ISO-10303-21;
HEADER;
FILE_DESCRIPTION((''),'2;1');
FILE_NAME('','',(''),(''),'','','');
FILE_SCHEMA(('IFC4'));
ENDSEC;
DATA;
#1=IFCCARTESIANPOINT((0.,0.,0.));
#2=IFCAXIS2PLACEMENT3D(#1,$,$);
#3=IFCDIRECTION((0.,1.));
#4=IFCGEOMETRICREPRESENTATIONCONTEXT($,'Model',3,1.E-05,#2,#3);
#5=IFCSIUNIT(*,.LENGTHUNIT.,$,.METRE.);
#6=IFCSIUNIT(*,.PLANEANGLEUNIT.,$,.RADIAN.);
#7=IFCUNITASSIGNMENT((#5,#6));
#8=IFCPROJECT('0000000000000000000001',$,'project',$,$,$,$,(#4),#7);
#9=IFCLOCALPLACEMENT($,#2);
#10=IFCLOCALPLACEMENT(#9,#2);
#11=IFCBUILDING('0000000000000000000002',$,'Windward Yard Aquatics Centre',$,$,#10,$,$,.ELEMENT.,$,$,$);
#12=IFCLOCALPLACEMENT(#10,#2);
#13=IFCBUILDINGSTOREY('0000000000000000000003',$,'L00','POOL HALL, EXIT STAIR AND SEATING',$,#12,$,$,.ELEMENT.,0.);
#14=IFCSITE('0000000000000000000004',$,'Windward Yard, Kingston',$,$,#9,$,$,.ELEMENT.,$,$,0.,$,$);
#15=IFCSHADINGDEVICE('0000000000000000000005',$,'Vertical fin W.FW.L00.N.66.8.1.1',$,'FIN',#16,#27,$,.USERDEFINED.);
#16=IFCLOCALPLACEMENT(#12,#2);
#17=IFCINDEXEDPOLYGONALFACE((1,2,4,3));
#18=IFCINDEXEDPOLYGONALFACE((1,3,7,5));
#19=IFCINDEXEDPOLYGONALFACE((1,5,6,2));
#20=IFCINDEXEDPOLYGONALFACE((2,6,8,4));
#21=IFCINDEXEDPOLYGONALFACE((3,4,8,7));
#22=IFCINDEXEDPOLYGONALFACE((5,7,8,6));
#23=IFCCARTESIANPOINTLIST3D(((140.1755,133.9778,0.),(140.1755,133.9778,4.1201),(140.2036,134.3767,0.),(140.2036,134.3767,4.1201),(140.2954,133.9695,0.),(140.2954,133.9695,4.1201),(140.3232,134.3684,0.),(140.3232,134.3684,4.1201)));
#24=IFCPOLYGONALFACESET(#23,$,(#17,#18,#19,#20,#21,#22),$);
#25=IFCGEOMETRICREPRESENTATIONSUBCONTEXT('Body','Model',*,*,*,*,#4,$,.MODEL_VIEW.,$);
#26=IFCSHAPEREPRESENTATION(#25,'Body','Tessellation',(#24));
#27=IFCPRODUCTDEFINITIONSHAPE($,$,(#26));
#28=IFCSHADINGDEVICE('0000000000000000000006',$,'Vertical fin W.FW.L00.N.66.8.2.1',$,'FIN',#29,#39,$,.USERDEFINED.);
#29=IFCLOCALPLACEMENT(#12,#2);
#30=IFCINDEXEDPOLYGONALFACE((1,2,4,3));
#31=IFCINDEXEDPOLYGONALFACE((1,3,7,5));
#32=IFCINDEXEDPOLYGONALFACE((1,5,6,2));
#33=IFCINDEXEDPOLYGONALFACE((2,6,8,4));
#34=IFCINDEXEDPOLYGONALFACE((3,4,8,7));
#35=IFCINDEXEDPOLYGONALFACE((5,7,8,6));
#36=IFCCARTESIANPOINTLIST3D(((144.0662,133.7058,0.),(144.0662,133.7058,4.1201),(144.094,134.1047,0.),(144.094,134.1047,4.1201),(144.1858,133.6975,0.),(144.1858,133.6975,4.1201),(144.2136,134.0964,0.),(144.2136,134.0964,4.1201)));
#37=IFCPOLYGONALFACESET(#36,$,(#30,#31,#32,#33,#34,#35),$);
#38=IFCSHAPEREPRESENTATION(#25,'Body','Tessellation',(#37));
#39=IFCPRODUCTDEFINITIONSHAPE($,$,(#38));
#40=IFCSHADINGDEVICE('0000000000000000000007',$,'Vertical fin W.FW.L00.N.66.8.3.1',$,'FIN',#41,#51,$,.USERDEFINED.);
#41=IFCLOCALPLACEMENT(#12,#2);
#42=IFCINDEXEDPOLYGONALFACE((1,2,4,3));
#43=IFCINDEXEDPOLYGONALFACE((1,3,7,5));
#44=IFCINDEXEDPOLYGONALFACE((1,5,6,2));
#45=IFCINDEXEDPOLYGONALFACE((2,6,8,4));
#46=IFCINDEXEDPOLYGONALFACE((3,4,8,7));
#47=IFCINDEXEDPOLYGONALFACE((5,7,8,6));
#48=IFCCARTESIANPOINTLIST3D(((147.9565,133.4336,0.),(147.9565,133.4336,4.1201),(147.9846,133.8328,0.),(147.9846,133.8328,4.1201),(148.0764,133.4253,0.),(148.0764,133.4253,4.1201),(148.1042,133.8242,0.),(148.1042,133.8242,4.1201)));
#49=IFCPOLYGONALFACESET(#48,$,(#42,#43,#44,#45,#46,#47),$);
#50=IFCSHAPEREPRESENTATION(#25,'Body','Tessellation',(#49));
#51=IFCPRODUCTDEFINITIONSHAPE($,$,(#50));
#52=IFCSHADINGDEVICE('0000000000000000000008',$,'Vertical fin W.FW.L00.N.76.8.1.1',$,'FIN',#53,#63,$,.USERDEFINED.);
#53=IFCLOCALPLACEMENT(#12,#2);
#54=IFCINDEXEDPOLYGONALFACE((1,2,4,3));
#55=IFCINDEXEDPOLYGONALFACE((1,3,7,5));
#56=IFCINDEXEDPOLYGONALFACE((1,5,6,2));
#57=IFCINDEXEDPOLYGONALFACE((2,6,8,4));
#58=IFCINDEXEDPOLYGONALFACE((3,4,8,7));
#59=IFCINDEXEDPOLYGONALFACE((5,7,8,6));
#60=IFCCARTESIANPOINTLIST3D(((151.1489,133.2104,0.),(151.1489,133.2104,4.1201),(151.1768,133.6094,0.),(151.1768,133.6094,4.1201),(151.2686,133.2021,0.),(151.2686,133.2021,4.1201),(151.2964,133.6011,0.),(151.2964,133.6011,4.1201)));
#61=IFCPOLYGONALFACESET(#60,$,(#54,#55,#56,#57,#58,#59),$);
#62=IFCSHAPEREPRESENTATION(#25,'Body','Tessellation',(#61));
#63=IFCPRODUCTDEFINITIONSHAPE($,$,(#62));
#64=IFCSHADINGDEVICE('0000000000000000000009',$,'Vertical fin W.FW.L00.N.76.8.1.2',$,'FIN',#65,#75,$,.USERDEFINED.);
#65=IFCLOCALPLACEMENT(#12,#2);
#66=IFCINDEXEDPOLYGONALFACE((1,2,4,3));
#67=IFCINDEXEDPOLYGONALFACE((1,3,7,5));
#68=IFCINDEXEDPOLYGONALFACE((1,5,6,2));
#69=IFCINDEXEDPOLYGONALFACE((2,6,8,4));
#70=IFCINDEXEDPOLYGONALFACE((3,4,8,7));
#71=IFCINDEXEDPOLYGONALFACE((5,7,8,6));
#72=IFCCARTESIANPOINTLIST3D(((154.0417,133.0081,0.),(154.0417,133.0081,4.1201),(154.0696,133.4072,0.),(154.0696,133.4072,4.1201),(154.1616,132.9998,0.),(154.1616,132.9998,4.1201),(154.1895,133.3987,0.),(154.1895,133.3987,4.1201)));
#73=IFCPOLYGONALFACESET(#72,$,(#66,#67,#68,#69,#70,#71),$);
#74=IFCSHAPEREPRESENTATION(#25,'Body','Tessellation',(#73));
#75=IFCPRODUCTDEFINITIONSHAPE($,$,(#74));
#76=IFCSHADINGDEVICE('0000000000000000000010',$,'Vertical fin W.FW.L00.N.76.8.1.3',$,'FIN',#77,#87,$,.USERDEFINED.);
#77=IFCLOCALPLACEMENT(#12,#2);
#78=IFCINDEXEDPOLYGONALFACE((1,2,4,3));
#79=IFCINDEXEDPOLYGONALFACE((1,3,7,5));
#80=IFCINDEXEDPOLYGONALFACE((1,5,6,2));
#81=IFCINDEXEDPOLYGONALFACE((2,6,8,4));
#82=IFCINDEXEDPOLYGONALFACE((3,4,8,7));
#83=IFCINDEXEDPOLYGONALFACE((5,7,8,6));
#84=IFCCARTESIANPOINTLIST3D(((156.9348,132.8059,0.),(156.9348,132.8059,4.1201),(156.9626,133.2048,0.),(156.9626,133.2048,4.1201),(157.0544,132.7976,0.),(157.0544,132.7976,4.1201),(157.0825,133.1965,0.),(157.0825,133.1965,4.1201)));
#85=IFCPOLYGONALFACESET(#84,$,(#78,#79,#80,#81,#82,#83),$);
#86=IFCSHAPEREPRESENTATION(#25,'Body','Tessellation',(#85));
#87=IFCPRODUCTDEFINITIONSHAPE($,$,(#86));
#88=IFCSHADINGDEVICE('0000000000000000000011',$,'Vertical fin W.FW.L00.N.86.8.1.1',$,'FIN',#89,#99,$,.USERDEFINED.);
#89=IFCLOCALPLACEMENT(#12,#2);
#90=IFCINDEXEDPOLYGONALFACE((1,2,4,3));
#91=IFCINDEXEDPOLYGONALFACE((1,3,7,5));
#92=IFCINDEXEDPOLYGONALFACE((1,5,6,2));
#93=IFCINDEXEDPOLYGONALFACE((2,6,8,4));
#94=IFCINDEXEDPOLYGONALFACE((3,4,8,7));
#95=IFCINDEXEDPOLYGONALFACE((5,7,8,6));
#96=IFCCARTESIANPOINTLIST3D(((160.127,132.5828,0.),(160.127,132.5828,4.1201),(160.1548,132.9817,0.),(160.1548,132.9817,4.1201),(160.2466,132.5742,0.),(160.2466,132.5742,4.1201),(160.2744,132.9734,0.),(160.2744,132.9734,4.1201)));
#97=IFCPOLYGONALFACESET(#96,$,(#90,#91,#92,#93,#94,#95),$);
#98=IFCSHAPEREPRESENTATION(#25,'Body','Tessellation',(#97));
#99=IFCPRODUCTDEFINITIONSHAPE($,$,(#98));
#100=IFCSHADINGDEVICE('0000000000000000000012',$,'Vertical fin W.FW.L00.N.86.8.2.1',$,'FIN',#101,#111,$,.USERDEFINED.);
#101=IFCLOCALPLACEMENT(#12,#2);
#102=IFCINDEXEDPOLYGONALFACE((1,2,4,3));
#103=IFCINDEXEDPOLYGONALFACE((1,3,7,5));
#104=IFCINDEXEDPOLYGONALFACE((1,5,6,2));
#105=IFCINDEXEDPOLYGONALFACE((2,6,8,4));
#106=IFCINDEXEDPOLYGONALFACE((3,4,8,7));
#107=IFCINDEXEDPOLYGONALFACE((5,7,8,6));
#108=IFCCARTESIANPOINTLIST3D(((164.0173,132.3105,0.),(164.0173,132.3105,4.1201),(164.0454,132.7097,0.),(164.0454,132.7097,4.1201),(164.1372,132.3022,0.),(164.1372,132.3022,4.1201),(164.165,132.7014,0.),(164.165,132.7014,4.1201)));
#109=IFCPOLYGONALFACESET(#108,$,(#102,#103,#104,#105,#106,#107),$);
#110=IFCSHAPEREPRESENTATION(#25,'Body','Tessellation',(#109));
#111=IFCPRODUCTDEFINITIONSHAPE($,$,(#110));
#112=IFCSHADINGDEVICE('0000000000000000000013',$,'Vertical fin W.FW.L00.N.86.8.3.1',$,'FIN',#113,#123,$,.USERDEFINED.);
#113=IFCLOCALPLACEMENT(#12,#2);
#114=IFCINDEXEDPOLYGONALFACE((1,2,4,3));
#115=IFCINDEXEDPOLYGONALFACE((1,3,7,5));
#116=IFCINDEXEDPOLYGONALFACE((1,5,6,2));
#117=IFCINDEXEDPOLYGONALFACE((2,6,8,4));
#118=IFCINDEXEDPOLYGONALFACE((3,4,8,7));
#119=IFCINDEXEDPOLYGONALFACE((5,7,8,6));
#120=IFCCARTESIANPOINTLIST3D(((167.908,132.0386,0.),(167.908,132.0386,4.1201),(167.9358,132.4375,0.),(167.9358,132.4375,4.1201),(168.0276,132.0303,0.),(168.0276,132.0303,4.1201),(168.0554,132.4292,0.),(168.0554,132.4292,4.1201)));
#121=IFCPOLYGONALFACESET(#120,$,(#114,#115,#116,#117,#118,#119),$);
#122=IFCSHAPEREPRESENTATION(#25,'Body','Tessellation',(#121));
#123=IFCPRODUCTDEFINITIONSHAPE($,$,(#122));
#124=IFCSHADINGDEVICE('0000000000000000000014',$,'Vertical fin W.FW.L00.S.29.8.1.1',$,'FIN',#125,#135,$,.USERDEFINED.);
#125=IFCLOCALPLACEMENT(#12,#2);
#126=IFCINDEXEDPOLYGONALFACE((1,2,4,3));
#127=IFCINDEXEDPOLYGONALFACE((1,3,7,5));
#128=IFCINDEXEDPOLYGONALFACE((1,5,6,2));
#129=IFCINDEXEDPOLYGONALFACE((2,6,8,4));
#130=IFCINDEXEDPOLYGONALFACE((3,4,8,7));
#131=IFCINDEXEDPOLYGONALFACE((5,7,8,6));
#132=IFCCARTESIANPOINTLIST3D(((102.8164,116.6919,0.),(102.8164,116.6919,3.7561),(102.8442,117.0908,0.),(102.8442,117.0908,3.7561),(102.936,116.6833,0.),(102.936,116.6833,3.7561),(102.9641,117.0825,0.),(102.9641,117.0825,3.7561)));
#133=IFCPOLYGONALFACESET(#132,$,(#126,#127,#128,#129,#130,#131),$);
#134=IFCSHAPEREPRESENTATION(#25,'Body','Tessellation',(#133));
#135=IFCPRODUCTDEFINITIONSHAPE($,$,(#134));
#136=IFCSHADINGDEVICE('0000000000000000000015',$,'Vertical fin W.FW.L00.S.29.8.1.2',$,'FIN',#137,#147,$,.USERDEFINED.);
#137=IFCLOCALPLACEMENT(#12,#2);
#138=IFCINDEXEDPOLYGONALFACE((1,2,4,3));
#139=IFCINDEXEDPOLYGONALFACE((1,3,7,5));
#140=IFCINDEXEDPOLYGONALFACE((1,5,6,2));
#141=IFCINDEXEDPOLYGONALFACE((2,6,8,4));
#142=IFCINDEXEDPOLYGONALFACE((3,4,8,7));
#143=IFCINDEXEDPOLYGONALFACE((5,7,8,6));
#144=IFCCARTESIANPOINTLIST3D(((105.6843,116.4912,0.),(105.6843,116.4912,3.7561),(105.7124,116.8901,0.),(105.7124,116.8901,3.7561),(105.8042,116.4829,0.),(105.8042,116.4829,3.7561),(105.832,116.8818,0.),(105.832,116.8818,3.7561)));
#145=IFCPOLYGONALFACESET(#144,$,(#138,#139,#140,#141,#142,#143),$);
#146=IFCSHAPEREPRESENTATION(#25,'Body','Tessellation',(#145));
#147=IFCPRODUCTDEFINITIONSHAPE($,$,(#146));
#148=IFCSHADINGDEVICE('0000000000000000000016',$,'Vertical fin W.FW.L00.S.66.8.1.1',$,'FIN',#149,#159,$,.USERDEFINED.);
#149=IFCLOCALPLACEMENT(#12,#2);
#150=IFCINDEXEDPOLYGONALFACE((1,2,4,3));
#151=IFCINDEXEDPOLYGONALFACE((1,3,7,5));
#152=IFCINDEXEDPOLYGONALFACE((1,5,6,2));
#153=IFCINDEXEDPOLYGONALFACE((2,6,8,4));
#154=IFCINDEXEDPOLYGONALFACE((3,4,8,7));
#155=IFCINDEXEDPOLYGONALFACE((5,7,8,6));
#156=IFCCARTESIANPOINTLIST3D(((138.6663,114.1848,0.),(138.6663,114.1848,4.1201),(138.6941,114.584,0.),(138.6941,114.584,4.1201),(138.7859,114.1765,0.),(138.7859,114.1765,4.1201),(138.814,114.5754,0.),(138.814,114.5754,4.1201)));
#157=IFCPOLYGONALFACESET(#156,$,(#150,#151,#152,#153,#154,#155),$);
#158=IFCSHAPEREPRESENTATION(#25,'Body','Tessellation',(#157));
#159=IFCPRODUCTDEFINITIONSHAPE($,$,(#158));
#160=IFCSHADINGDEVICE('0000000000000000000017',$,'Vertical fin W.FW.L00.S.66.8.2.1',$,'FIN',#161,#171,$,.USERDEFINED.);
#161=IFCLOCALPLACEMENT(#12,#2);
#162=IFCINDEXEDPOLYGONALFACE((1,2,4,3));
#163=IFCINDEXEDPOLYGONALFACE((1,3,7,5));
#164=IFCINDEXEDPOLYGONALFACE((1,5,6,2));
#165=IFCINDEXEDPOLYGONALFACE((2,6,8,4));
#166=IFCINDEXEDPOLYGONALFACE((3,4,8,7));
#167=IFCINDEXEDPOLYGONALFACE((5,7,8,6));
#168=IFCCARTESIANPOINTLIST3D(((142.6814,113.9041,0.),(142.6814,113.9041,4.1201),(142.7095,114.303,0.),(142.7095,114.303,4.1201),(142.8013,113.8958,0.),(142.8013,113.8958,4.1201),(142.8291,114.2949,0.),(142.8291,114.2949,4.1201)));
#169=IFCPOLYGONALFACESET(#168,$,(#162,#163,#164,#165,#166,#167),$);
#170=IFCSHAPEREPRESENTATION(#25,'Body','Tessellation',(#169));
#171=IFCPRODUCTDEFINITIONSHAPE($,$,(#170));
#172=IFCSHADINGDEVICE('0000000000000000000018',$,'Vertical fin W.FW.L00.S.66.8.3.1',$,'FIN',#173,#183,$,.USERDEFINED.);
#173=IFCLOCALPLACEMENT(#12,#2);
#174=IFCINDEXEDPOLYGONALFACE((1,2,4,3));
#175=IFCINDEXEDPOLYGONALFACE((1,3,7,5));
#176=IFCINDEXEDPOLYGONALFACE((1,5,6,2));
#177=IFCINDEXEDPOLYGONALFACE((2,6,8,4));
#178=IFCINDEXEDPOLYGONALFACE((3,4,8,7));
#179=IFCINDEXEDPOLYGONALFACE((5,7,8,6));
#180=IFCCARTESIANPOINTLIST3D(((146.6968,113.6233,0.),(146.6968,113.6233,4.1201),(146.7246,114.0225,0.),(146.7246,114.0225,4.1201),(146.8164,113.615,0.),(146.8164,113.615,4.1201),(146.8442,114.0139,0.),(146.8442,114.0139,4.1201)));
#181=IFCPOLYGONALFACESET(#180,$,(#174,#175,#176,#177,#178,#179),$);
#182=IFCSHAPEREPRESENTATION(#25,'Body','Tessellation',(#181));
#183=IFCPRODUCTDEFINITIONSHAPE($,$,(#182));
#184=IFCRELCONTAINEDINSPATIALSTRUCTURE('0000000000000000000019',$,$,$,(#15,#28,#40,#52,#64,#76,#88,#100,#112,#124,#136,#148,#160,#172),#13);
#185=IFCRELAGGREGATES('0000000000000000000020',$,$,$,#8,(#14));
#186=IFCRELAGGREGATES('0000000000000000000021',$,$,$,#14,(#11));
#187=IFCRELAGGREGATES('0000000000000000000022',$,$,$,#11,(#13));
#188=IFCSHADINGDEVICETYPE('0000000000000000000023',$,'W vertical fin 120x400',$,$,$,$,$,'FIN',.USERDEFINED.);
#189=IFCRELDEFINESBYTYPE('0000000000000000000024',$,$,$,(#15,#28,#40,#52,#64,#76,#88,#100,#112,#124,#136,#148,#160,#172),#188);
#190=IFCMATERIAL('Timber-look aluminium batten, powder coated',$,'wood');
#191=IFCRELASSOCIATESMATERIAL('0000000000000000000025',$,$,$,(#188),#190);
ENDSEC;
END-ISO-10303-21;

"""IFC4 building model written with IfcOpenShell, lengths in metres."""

from ifc_helpers import new_model, si_unit, direction, origin, place, context, subcontext, project, spatial, polyline, outline, extrude, material, type_object, element, save


model = new_model("IFC4")

# Units and contexts
model_context = context("Model", 3, precision=1e-05, world=origin(), true_north=direction((0.0, 1.0)))
body_context = subcontext(model_context, "Body", "Model", "MODEL_VIEW")
ifc_project = project(units=[si_unit("LENGTHUNIT", "METRE"), si_unit("PLANEANGLEUNIT", "RADIAN")], contexts=[model_context])

# Site, building, storey
site_placement = place(None, origin())
site = spatial("IfcSite", under=ifc_project, at=site_placement, Name="Windward Yard, Kingston", CompositionType="ELEMENT", RefElevation=0.0)
building_placement = place(site_placement, origin())
building = spatial("IfcBuilding", under=site, at=building_placement, Name="Windward Yard Aquatics Centre", CompositionType="ELEMENT")
storey_placement = place(building_placement, origin())
storey = spatial("IfcBuildingStorey", under=building, at=storey_placement, Name="L00", Description="POOL HALL, EXIT STAIR AND SEATING", CompositionType="ELEMENT", Elevation=0.0)

# Shading devices
ifc_material_1 = material(Name="Timber-look aluminium batten, powder coated", Category="wood")
shading_device_type = type_object("IfcShadingDeviceType", Name="W vertical fin 120x400", ElementType="FIN", PredefinedType="USERDEFINED", material=ifc_material_1)
shading_device_1_placement = place(storey_placement, origin())
element("IfcShadingDevice", 1, at=shading_device_1_placement, inside=storey, type_object=shading_device_type, Name="Vertical fin W.FW.L00.N.66.8.1.1", ObjectType="FIN", PredefinedType="USERDEFINED", context=body_context, shape_type="SweptSolid", body=[
    extrude(outline(polyline([(140.1755, 133.9778), (140.2954, 133.9695), (140.3232, 134.3684), (140.2036, 134.3767), (140.1755, 133.9778)])), origin(), (0.0, 0.0, 1.0), 4.1201),
])
shading_device_2_placement = place(storey_placement, origin())
element("IfcShadingDevice", 2, at=shading_device_2_placement, inside=storey, type_object=shading_device_type, Name="Vertical fin W.FW.L00.N.66.8.2.1", ObjectType="FIN", PredefinedType="USERDEFINED", context=body_context, shape_type="SweptSolid", body=[
    extrude(outline(polyline([(144.0662, 133.7058), (144.1858, 133.6975), (144.2136, 134.0964), (144.094, 134.1047), (144.0662, 133.7058)])), origin(), (0.0, 0.0, 1.0), 4.1201),
])
shading_device_3_placement = place(storey_placement, origin())
element("IfcShadingDevice", 3, at=shading_device_3_placement, inside=storey, type_object=shading_device_type, Name="Vertical fin W.FW.L00.N.66.8.3.1", ObjectType="FIN", PredefinedType="USERDEFINED", context=body_context, shape_type="SweptSolid", body=[
    extrude(outline(polyline([(147.9565, 133.4336), (148.0764, 133.4253), (148.1042, 133.8242), (147.9846, 133.8328), (147.9565, 133.4336)])), origin(), (0.0, 0.0, 1.0), 4.1201),
])
shading_device_4_placement = place(storey_placement, origin())
element("IfcShadingDevice", 4, at=shading_device_4_placement, inside=storey, type_object=shading_device_type, Name="Vertical fin W.FW.L00.N.76.8.1.1", ObjectType="FIN", PredefinedType="USERDEFINED", context=body_context, shape_type="SweptSolid", body=[
    extrude(outline(polyline([(151.1489, 133.2104), (151.2686, 133.2021), (151.2964, 133.6011), (151.1768, 133.6094), (151.1489, 133.2104)])), origin(), (0.0, 0.0, 1.0), 4.1201),
])
shading_device_5_placement = place(storey_placement, origin())
element("IfcShadingDevice", 5, at=shading_device_5_placement, inside=storey, type_object=shading_device_type, Name="Vertical fin W.FW.L00.N.76.8.1.2", ObjectType="FIN", PredefinedType="USERDEFINED", context=body_context, shape_type="SweptSolid", body=[
    extrude(outline(polyline([(154.0417, 133.0081), (154.1616, 132.9998), (154.1895, 133.3987), (154.0696, 133.4072), (154.0417, 133.0081)])), origin(), (0.0, 0.0, 1.0), 4.1201),
])
shading_device_6_placement = place(storey_placement, origin())
element("IfcShadingDevice", 6, at=shading_device_6_placement, inside=storey, type_object=shading_device_type, Name="Vertical fin W.FW.L00.N.76.8.1.3", ObjectType="FIN", PredefinedType="USERDEFINED", context=body_context, shape_type="SweptSolid", body=[
    extrude(outline(polyline([(156.9348, 132.8059), (157.0544, 132.7976), (157.0825, 133.1965), (156.9626, 133.2048), (156.9348, 132.8059)])), origin(), (0.0, 0.0, 1.0), 4.1201),
])
shading_device_7_placement = place(storey_placement, origin())
element("IfcShadingDevice", 7, at=shading_device_7_placement, inside=storey, type_object=shading_device_type, Name="Vertical fin W.FW.L00.N.86.8.1.1", ObjectType="FIN", PredefinedType="USERDEFINED", context=body_context, shape_type="SweptSolid", body=[
    extrude(outline(polyline([(160.127, 132.5828), (160.2466, 132.5742), (160.2744, 132.9734), (160.1548, 132.9817), (160.127, 132.5828)])), origin(), (0.0, 0.0, 1.0), 4.1201),
])
shading_device_8_placement = place(storey_placement, origin())
element("IfcShadingDevice", 8, at=shading_device_8_placement, inside=storey, type_object=shading_device_type, Name="Vertical fin W.FW.L00.N.86.8.2.1", ObjectType="FIN", PredefinedType="USERDEFINED", context=body_context, shape_type="SweptSolid", body=[
    extrude(outline(polyline([(164.0173, 132.3105), (164.1372, 132.3022), (164.165, 132.7014), (164.0454, 132.7097), (164.0173, 132.3105)])), origin(), (0.0, 0.0, 1.0), 4.1201),
])
shading_device_9_placement = place(storey_placement, origin())
element("IfcShadingDevice", 9, at=shading_device_9_placement, inside=storey, type_object=shading_device_type, Name="Vertical fin W.FW.L00.N.86.8.3.1", ObjectType="FIN", PredefinedType="USERDEFINED", context=body_context, shape_type="SweptSolid", body=[
    extrude(outline(polyline([(167.908, 132.0386), (168.0276, 132.0303), (168.0554, 132.4292), (167.9358, 132.4375), (167.908, 132.0386)])), origin(), (0.0, 0.0, 1.0), 4.1201),
])
shading_device_10_placement = place(storey_placement, origin())
element("IfcShadingDevice", 10, at=shading_device_10_placement, inside=storey, type_object=shading_device_type, Name="Vertical fin W.FW.L00.S.29.8.1.1", ObjectType="FIN", PredefinedType="USERDEFINED", context=body_context, shape_type="SweptSolid", body=[
    extrude(outline(polyline([(102.8164, 116.6919), (102.8442, 117.0908), (102.9641, 117.0825), (102.936, 116.6833), (102.8164, 116.6919)])), origin(), (0.0, 0.0, 1.0), 3.7561),
])
shading_device_11_placement = place(storey_placement, origin())
element("IfcShadingDevice", 11, at=shading_device_11_placement, inside=storey, type_object=shading_device_type, Name="Vertical fin W.FW.L00.S.29.8.1.2", ObjectType="FIN", PredefinedType="USERDEFINED", context=body_context, shape_type="SweptSolid", body=[
    extrude(outline(polyline([(105.6843, 116.4912), (105.7124, 116.8901), (105.832, 116.8818), (105.8042, 116.4829), (105.6843, 116.4912)])), origin(), (0.0, 0.0, 1.0), 3.7561),
])
shading_device_12_placement = place(storey_placement, origin())
element("IfcShadingDevice", 12, at=shading_device_12_placement, inside=storey, type_object=shading_device_type, Name="Vertical fin W.FW.L00.S.66.8.1.1", ObjectType="FIN", PredefinedType="USERDEFINED", context=body_context, shape_type="SweptSolid", body=[
    extrude(outline(polyline([(138.6663, 114.1848), (138.6941, 114.584), (138.814, 114.5754), (138.7859, 114.1765), (138.6663, 114.1848)])), origin(), (0.0, 0.0, 1.0), 4.1201),
])
shading_device_13_placement = place(storey_placement, origin())
element("IfcShadingDevice", 13, at=shading_device_13_placement, inside=storey, type_object=shading_device_type, Name="Vertical fin W.FW.L00.S.66.8.2.1", ObjectType="FIN", PredefinedType="USERDEFINED", context=body_context, shape_type="SweptSolid", body=[
    extrude(outline(polyline([(142.6814, 113.9041), (142.7095, 114.303), (142.8291, 114.2949), (142.8013, 113.8958), (142.6814, 113.9041)])), origin(), (0.0, 0.0, 1.0), 4.1201),
])
shading_device_14_placement = place(storey_placement, origin())
element("IfcShadingDevice", 14, at=shading_device_14_placement, inside=storey, type_object=shading_device_type, Name="Vertical fin W.FW.L00.S.66.8.3.1", ObjectType="FIN", PredefinedType="USERDEFINED", context=body_context, shape_type="SweptSolid", body=[
    extrude(outline(polyline([(146.6968, 113.6233), (146.7246, 114.0225), (146.8442, 114.0139), (146.8164, 113.615), (146.6968, 113.6233)])), origin(), (0.0, 0.0, 1.0), 4.1201),
])

save(model, "model.ifc")
